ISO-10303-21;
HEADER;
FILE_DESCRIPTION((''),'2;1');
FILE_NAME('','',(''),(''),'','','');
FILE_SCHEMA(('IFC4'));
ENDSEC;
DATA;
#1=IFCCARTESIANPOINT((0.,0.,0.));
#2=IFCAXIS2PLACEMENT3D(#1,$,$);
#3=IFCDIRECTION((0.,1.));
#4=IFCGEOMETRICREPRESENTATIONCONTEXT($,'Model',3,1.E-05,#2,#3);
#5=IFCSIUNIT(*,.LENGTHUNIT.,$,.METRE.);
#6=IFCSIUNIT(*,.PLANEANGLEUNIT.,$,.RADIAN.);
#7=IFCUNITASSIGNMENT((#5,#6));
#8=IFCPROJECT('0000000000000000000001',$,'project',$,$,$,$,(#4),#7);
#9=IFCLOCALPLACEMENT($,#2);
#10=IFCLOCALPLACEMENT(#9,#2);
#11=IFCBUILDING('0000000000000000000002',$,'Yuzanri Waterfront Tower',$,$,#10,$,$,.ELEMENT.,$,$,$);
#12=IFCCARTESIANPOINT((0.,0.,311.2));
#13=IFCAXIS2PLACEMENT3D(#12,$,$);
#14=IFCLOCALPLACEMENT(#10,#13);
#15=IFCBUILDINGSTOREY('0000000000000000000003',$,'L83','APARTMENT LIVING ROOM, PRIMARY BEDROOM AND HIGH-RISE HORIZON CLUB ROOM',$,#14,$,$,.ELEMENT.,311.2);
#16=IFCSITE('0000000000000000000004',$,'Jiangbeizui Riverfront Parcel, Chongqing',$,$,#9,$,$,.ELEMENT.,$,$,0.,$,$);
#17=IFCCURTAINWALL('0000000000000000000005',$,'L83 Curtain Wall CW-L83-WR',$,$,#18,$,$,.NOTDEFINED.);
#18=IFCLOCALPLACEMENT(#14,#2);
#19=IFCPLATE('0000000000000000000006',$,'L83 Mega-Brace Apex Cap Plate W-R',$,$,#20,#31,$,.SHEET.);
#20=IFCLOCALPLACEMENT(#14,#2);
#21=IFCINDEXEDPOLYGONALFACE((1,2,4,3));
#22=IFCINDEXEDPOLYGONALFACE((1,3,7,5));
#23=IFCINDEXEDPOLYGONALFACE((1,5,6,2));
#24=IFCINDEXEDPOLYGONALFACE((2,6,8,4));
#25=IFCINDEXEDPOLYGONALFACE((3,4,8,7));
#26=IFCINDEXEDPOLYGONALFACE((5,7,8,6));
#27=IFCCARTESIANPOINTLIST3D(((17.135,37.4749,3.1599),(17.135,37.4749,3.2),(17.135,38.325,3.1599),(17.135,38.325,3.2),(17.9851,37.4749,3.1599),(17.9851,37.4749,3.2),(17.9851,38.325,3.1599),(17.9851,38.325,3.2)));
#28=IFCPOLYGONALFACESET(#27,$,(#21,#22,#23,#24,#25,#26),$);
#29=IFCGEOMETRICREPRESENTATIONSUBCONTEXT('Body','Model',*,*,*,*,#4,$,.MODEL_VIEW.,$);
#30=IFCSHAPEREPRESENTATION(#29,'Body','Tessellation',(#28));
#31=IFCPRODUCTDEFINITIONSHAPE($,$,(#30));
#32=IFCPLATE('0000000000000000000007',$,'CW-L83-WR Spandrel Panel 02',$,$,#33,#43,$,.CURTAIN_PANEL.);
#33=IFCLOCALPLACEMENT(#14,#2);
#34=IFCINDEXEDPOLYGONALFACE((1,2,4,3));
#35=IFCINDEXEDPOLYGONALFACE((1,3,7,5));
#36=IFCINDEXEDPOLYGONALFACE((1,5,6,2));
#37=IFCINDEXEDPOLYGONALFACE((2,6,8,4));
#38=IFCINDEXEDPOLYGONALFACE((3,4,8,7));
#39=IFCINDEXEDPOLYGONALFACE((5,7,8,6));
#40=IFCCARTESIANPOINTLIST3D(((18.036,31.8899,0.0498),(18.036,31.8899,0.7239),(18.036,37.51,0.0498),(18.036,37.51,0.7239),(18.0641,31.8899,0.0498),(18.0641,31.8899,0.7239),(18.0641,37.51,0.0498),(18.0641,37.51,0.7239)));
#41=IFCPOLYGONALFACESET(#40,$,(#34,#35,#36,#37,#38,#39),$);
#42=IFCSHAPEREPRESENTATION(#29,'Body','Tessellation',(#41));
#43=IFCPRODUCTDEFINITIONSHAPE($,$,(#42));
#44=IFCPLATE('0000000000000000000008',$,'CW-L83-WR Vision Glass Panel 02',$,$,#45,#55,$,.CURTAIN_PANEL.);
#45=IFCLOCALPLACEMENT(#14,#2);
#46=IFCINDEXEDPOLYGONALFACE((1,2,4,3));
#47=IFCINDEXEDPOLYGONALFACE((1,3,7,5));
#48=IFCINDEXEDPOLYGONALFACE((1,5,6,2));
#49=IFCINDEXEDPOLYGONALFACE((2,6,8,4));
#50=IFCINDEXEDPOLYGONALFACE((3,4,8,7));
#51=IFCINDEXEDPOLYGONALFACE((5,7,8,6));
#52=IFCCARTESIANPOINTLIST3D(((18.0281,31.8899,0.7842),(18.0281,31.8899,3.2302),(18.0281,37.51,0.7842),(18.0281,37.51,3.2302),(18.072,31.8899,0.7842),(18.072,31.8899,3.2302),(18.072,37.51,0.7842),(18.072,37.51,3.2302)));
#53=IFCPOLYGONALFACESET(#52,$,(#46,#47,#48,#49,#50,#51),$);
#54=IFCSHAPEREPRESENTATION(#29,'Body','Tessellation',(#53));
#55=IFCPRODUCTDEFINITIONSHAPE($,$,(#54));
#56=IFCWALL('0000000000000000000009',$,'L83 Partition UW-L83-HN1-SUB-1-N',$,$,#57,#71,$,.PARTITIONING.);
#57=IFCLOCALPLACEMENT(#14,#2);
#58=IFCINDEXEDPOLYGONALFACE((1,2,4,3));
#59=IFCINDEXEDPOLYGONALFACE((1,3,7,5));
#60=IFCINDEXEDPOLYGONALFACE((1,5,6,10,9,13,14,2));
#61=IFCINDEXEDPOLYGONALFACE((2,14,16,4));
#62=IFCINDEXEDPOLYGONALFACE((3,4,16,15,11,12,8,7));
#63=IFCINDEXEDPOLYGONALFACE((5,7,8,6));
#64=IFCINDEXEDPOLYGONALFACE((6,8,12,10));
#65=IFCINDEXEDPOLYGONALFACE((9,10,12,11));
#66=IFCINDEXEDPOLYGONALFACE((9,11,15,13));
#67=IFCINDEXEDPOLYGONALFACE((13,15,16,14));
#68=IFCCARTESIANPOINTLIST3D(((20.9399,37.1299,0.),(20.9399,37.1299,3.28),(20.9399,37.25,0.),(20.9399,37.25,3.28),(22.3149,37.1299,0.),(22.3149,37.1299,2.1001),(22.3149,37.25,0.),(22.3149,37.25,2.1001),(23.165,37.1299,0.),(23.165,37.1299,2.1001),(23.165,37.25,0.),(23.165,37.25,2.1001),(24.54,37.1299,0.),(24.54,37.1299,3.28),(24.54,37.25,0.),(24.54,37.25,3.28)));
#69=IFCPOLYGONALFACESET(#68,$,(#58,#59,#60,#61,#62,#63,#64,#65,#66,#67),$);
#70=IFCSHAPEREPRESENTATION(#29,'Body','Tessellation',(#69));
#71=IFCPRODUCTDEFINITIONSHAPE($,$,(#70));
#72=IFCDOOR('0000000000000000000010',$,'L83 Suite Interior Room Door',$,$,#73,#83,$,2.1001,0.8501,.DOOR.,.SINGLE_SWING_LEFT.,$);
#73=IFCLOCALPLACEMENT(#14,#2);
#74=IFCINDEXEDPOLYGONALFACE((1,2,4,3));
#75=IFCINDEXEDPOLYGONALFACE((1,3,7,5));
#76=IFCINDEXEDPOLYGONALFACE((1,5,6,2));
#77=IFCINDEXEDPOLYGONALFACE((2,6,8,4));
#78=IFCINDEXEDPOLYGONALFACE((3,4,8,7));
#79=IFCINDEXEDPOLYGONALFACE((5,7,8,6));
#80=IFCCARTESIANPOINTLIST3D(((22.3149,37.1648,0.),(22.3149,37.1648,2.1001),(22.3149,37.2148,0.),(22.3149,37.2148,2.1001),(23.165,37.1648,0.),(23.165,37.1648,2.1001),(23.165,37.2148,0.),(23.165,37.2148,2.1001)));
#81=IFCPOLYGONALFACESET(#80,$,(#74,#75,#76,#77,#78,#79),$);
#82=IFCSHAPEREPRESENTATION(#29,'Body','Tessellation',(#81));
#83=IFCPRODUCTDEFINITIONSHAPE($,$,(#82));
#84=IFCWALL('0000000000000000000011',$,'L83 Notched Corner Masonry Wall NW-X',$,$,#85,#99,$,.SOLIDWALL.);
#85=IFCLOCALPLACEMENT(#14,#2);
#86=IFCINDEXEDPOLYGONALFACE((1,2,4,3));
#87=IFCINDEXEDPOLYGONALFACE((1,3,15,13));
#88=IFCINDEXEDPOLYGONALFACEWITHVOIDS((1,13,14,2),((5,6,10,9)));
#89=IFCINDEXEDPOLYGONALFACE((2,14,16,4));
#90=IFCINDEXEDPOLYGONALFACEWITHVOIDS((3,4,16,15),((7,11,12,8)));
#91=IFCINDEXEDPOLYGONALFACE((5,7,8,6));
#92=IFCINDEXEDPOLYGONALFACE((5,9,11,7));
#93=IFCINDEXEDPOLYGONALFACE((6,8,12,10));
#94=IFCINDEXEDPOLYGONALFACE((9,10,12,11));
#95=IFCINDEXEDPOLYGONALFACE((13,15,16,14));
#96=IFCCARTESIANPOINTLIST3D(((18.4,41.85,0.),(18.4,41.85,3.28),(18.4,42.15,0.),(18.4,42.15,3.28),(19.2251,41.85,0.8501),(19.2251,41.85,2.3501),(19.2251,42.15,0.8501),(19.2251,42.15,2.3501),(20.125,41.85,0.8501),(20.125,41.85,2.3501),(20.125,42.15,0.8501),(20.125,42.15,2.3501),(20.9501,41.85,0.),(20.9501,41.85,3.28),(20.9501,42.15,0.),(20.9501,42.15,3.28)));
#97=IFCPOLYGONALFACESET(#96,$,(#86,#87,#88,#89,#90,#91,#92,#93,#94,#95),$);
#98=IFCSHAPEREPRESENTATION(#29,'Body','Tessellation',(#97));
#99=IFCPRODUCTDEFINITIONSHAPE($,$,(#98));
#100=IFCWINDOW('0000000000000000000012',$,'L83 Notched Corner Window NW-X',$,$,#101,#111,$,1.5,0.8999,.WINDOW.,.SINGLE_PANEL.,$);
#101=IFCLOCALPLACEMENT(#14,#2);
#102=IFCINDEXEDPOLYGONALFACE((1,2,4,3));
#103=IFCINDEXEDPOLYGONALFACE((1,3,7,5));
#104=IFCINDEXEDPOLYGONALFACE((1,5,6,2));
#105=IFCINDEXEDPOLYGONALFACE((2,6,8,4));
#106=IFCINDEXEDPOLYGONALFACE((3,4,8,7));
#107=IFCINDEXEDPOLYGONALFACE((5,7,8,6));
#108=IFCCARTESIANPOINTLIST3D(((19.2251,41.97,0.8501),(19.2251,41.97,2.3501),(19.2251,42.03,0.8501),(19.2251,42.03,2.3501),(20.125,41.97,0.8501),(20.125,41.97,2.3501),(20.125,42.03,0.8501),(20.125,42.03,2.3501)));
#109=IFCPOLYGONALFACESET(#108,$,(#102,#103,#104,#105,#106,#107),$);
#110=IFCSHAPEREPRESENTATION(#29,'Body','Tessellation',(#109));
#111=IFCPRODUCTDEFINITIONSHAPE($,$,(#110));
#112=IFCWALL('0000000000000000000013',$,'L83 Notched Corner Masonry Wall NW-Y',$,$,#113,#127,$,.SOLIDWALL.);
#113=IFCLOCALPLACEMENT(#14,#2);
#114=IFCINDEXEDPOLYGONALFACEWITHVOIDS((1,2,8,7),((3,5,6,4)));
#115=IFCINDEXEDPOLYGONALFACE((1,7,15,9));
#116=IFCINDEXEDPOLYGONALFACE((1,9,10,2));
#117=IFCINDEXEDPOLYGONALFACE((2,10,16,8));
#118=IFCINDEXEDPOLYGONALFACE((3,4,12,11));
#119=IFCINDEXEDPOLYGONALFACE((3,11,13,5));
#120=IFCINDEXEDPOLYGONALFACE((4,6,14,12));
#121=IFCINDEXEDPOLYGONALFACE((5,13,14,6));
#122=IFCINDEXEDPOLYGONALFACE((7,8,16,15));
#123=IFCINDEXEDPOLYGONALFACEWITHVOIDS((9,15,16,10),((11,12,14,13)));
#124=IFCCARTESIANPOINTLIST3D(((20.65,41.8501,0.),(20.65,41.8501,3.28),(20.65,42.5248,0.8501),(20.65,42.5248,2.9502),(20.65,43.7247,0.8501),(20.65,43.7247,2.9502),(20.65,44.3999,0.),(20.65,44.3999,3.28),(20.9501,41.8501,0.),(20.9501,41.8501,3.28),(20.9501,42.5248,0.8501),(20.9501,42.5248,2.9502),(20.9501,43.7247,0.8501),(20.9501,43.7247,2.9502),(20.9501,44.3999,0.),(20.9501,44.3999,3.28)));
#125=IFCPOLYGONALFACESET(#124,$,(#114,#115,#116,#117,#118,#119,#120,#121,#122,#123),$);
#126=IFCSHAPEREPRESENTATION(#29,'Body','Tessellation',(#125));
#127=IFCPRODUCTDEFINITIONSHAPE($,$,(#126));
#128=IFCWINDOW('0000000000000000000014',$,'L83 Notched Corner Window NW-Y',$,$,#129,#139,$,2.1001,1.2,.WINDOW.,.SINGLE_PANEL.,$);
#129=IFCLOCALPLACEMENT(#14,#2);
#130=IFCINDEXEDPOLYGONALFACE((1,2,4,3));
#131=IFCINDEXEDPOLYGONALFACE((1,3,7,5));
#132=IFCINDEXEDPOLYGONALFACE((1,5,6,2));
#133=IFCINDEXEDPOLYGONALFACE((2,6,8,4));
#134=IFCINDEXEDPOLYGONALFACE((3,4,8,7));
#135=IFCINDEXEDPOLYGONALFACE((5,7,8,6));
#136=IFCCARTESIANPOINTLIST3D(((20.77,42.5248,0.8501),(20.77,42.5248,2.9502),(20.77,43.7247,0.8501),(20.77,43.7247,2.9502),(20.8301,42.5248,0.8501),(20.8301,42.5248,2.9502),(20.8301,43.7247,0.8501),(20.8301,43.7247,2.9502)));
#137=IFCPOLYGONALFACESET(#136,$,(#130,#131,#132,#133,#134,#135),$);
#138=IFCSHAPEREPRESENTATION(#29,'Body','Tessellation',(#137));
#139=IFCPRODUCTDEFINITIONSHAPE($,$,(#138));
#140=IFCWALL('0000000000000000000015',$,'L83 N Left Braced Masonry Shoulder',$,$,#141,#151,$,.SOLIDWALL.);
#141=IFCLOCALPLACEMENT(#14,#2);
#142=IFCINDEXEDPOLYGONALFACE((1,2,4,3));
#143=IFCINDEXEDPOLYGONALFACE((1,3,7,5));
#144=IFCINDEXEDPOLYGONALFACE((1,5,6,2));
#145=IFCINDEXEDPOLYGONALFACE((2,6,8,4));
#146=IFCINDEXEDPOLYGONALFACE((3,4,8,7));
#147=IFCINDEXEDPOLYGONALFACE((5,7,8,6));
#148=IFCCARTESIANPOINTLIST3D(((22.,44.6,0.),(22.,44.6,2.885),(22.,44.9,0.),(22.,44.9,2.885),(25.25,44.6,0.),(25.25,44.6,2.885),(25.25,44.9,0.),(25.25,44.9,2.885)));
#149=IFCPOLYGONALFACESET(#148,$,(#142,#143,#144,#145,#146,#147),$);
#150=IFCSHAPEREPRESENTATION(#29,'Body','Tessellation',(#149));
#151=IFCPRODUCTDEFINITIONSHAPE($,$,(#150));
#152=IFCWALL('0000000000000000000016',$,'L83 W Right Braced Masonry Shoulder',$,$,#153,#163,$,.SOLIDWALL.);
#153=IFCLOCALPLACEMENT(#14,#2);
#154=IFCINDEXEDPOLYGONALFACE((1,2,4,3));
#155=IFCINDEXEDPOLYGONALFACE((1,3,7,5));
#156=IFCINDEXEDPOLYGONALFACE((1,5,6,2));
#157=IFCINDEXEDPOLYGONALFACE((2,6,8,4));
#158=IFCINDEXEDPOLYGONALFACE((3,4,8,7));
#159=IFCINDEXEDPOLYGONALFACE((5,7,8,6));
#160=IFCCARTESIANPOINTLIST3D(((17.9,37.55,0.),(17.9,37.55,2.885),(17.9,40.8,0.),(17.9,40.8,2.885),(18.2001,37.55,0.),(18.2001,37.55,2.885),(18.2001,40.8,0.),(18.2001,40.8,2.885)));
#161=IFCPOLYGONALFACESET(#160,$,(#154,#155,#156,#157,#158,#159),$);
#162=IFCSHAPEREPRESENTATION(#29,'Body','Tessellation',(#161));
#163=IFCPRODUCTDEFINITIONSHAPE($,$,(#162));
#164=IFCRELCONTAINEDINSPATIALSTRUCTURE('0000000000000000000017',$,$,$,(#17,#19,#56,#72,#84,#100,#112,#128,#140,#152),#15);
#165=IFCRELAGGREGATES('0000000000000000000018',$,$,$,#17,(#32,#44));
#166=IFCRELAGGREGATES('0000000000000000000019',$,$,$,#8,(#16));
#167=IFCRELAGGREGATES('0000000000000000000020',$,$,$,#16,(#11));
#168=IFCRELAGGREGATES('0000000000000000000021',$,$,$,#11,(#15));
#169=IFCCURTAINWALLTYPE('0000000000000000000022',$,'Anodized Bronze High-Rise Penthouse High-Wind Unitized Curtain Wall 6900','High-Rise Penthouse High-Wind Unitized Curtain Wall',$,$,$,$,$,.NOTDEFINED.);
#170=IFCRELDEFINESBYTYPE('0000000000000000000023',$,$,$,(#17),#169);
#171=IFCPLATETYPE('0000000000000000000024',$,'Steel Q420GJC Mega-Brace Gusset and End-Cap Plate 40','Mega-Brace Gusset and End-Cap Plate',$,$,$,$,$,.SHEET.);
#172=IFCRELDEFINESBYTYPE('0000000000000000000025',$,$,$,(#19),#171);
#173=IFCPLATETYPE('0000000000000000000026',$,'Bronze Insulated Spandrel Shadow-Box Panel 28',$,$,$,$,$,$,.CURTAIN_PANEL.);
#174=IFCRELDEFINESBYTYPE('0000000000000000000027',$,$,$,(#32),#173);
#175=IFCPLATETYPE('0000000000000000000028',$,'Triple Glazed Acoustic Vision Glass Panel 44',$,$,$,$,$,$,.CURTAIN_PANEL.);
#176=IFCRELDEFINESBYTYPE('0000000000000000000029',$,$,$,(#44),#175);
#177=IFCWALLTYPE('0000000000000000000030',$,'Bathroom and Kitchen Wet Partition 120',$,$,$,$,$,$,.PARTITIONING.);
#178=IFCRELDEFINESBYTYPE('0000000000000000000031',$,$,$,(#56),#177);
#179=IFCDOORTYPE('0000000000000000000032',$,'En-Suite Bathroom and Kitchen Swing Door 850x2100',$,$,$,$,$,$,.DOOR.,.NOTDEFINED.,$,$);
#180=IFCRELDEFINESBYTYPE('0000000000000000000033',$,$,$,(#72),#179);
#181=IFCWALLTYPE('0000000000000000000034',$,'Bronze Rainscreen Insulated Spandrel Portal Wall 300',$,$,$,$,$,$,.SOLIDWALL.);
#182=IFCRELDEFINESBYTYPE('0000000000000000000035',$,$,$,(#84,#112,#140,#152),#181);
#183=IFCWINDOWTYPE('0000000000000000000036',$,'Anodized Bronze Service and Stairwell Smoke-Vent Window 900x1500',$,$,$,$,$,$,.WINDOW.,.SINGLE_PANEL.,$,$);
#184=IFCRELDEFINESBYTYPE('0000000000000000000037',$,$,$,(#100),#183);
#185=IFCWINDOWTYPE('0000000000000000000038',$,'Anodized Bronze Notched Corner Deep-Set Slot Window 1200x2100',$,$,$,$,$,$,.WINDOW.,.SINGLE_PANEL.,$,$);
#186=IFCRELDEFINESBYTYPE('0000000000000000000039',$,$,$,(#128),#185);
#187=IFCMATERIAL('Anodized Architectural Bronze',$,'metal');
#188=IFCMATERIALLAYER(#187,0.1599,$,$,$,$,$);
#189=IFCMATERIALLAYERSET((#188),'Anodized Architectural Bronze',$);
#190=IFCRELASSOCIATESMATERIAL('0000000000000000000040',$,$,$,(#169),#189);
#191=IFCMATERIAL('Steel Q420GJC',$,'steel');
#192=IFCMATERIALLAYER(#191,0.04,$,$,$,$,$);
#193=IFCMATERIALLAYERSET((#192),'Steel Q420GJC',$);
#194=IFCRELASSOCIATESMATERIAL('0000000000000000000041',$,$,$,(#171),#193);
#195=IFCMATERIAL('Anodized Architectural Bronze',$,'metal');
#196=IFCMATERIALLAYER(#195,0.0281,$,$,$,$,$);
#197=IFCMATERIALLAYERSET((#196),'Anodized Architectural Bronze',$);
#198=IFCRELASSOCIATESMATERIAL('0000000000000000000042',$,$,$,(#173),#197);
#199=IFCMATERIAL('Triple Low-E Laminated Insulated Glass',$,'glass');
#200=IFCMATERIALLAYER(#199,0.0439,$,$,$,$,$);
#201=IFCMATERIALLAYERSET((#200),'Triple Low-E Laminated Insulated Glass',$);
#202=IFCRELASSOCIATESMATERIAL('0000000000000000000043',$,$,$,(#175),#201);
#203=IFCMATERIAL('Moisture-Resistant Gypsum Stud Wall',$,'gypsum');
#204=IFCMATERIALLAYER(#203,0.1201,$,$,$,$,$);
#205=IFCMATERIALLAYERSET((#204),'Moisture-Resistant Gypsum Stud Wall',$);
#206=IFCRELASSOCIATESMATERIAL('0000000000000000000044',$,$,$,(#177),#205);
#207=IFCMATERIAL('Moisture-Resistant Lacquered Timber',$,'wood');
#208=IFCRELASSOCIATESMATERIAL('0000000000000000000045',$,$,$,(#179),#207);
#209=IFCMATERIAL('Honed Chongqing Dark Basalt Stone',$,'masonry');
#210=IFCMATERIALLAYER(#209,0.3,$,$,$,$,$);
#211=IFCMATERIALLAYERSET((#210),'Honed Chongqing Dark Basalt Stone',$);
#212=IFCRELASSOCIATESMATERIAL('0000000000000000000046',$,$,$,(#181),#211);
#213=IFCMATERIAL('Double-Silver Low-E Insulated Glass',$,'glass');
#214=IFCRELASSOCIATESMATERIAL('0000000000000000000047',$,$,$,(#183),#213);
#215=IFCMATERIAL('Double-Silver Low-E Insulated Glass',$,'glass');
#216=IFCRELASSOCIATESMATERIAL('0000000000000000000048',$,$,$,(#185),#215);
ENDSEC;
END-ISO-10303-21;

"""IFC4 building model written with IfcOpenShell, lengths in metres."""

from ifc_helpers import new_model, si_unit, direction, frame, frame_2d, origin, origin_2d, place, context, subcontext, project, spatial, rectangle, extrude, source, transform, mapped, material, layer, layer_set, type_object, element, fill, aggregate, save


model = new_model("IFC4")

# Units and contexts
model_context = context("Model", 3, precision=1e-05, world=origin(), true_north=direction((0.0, 1.0)))
body_context = subcontext(model_context, "Body", "Model", "MODEL_VIEW")
ifc_project = project(units=[si_unit("LENGTHUNIT", "METRE"), si_unit("PLANEANGLEUNIT", "RADIAN")], contexts=[model_context])

# Site, building, storey
site_placement = place(None, origin())
site = spatial("IfcSite", under=ifc_project, at=site_placement, Name="Jiangbeizui Riverfront Parcel, Chongqing", CompositionType="ELEMENT", RefElevation=0.0)
building_placement = place(site_placement, origin())
building = spatial("IfcBuilding", under=site, at=building_placement, Name="Yuzanri Waterfront Tower", CompositionType="ELEMENT")
storey_placement = place(building_placement, frame((0.0, 0.0, 311.2)))
storey = spatial("IfcBuildingStorey", under=building, at=storey_placement, Name="L83", Description="APARTMENT LIVING ROOM, PRIMARY BEDROOM AND HIGH-RISE HORIZON CLUB ROOM", CompositionType="ELEMENT", Elevation=311.2)

# Curtain wall
ifc_material_1 = material(Name="Anodized Architectural Bronze", Category="metal")
ifc_layer_1 = layer(ifc_material_1, 0.1599)
ifc_layer_set_1 = layer_set([ifc_layer_1], Name="Anodized Architectural Bronze")
curtain_wall_type = type_object("IfcCurtainWallType", Name="Anodized Bronze High-Rise Penthouse High-Wind Unitized Curtain Wall 6900", Description="High-Rise Penthouse High-Wind Unitized Curtain Wall", PredefinedType="NOTDEFINED", material=ifc_layer_set_1)
curtain_wall_1_placement = place(storey_placement, origin())
curtain_wall_1 = element("IfcCurtainWall", 1, at=curtain_wall_1_placement, inside=storey, type_object=curtain_wall_type, Name="L83 Curtain Wall CW-L83-WR", PredefinedType="NOTDEFINED")

# Plate
ifc_material_2 = material(Name="Steel Q420GJC", Category="steel")
ifc_layer_2 = layer(ifc_material_2, 0.04)
ifc_layer_set_2 = layer_set([ifc_layer_2], Name="Steel Q420GJC")
plate_type_1 = type_object("IfcPlateType", Name="Steel Q420GJC Mega-Brace Gusset and End-Cap Plate 40", Description="Mega-Brace Gusset and End-Cap Plate", PredefinedType="SHEET", material=ifc_layer_set_2)
shared_shape_1 = source(origin(), body_context, "Body", "SweptSolid", [
    extrude(rectangle(XDim=0.8501, YDim=0.8501, at=origin_2d()), origin(), (0.0, 0.0, 1.0), 0.04),
])
for number, where, z_axis, x_axis, name in (
    (2, (17.5601, 37.8999, 3.1599), (0.0, 0.0, 1.0), (1.0, 0.0, 0.0), "L83 Mega-Brace Apex Cap Plate W-R"),
):
    element("IfcPlate", number, at=place(storey_placement, frame(where, z_axis=z_axis, x_axis=x_axis)), inside=storey, type_object=plate_type_1, Name=name, PredefinedType="SHEET", context=body_context, shape_type="MappedRepresentation", body=[
        mapped(shared_shape_1, transform((0.0, 0.0, 0.0), scale=1.0)),
    ])

# Plates
ifc_material_3 = material(Name="Anodized Architectural Bronze", Category="metal")
ifc_layer_3 = layer(ifc_material_3, 0.0281)
ifc_layer_set_3 = layer_set([ifc_layer_3], Name="Anodized Architectural Bronze")
plate_type_2 = type_object("IfcPlateType", Name="Bronze Insulated Spandrel Shadow-Box Panel 28", PredefinedType="CURTAIN_PANEL", material=ifc_layer_set_3)
shared_shape_2 = source(origin(), body_context, "Body", "SweptSolid", [
    extrude(rectangle(XDim=5.6201, YDim=0.0281, at=origin_2d()), origin(), (0.0, 0.0, 1.0), 0.6741),
])
plate_1_placement = place(storey_placement, frame((18.05, 34.7, 0.0498), z_axis=(0.0, 0.0, 1.0), x_axis=(0.0, 1.0, 0.0)))
plate_1 = element("IfcPlate", 3, at=plate_1_placement, type_object=plate_type_2, Name="CW-L83-WR Spandrel Panel 02", PredefinedType="CURTAIN_PANEL", context=body_context, shape_type="MappedRepresentation", body=[
    mapped(shared_shape_2, transform((0.0, 0.0, 0.0), scale=1.0)),
])
ifc_material_4 = material(Name="Triple Low-E Laminated Insulated Glass", Category="glass")
ifc_layer_4 = layer(ifc_material_4, 0.0439)
ifc_layer_set_4 = layer_set([ifc_layer_4], Name="Triple Low-E Laminated Insulated Glass")
plate_type_3 = type_object("IfcPlateType", Name="Triple Glazed Acoustic Vision Glass Panel 44", PredefinedType="CURTAIN_PANEL", material=ifc_layer_set_4)
shared_shape_3 = source(origin(), body_context, "Body", "SweptSolid", [
    extrude(rectangle(XDim=5.6201, YDim=0.0439, at=origin_2d()), origin(), (0.0, 0.0, 1.0), 2.446),
])
plate_2_placement = place(storey_placement, frame((18.05, 34.7, 0.7842), z_axis=(0.0, 0.0, 1.0), x_axis=(0.0, 1.0, 0.0)))
plate_2 = element("IfcPlate", 4, at=plate_2_placement, type_object=plate_type_3, Name="CW-L83-WR Vision Glass Panel 02", PredefinedType="CURTAIN_PANEL", context=body_context, shape_type="MappedRepresentation", body=[
    mapped(shared_shape_3, transform((0.0, 0.0, 0.0), scale=1.0)),
])
aggregate(curtain_wall_1, [plate_1, plate_2])

# Wall, opening, door
ifc_material_5 = material(Name="Moisture-Resistant Gypsum Stud Wall", Category="gypsum")
ifc_layer_5 = layer(ifc_material_5, 0.1201)
ifc_layer_set_5 = layer_set([ifc_layer_5], Name="Moisture-Resistant Gypsum Stud Wall")
wall_type_1 = type_object("IfcWallType", Name="Bathroom and Kitchen Wet Partition 120", PredefinedType="PARTITIONING", material=ifc_layer_set_5)
wall_1_placement = place(storey_placement, frame((20.9399, 37.1899, 0.0), z_axis=(0.0, 0.0, 1.0), x_axis=(1.0, 0.0, 0.0)))
wall_1 = element("IfcWall", 5, at=wall_1_placement, inside=storey, type_object=wall_type_1, Name="L83 Partition UW-L83-HN1-SUB-1-N", PredefinedType="PARTITIONING", context=body_context, shape_type="SweptSolid", body=[
    extrude(rectangle(XDim=3.6001, YDim=0.1201, at=frame_2d((1.8, 0.0))), origin(), (0.0, 0.0, 1.0), 3.28),
])
opening_1_placement = place(wall_1_placement, frame((1.375, 0.0, 0.0)))
opening_1 = element("IfcOpeningElement", 6, at=opening_1_placement, cuts=wall_1, PredefinedType="OPENING", context=body_context, shape_type="SweptSolid", body=[
    extrude(rectangle(XDim=0.8501, YDim=2.1001, at=frame_2d((0.425, 1.05))), frame((0.0, 0.075, 0.0), z_axis=(0.0, -1.0, 0.0), x_axis=(1.0, 0.0, 0.0)), (0.0, 0.0, 1.0), 0.1499),
])
ifc_material_6 = material(Name="Moisture-Resistant Lacquered Timber", Category="wood")
door_type = type_object("IfcDoorType", Name="En-Suite Bathroom and Kitchen Swing Door 850x2100", OperationType="NOTDEFINED", PredefinedType="DOOR", material=ifc_material_6)
shared_shape_4 = source(origin(), body_context, "Body", "SweptSolid", [
    extrude(rectangle(XDim=0.8501, YDim=2.1001, at=frame_2d((0.425, 1.05))), frame((0.0, 0.0249, 0.0), z_axis=(0.0, -1.0, 0.0), x_axis=(1.0, 0.0, 0.0)), (0.0, 0.0, 1.0), 0.05),
])
door_placement = place(opening_1_placement, origin())
door = element("IfcDoor", 7, at=door_placement, inside=storey, type_object=door_type, Name="L83 Suite Interior Room Door", OperationType="SINGLE_SWING_LEFT", OverallHeight=2.1001, OverallWidth=0.8501, PredefinedType="DOOR", context=body_context, shape_type="MappedRepresentation", body=[
    mapped(shared_shape_4, transform((0.0, 0.0, 0.0), scale=1.0)),
])
fill(opening_1, door)

# Walls, openings, windows
ifc_material_7 = material(Name="Honed Chongqing Dark Basalt Stone", Category="masonry")
ifc_layer_6 = layer(ifc_material_7, 0.3)
ifc_layer_set_6 = layer_set([ifc_layer_6], Name="Honed Chongqing Dark Basalt Stone")
wall_type_2 = type_object("IfcWallType", Name="Bronze Rainscreen Insulated Spandrel Portal Wall 300", PredefinedType="SOLIDWALL", material=ifc_layer_set_6)
wall_2_placement = place(storey_placement, frame((20.95, 42.0, 0.0), z_axis=(0.0, 0.0, 1.0), x_axis=(-1.0, 0.0, 0.0)))
wall_2 = element("IfcWall", 8, at=wall_2_placement, inside=storey, type_object=wall_type_2, Name="L83 Notched Corner Masonry Wall NW-X", PredefinedType="SOLIDWALL", context=body_context, shape_type="SweptSolid", body=[
    extrude(rectangle(XDim=2.55, YDim=0.3, at=frame_2d((1.2749, 0.0))), origin(), (0.0, 0.0, 1.0), 3.28),
])
opening_2_placement = place(wall_2_placement, frame((0.825, 0.0, 0.8501)))
opening_2 = element("IfcOpeningElement", 9, at=opening_2_placement, cuts=wall_2, PredefinedType="OPENING", context=body_context, shape_type="SweptSolid", body=[
    extrude(rectangle(XDim=0.8999, YDim=1.5, at=frame_2d((0.45, 0.75))), frame((0.0, 0.165, 0.0), z_axis=(0.0, -1.0, 0.0), x_axis=(1.0, 0.0, 0.0)), (0.0, 0.0, 1.0), 0.3298),
])
ifc_material_8 = material(Name="Double-Silver Low-E Insulated Glass", Category="glass")
window_type_1 = type_object("IfcWindowType", Name="Anodized Bronze Service and Stairwell Smoke-Vent Window 900x1500", PartitioningType="SINGLE_PANEL", PredefinedType="WINDOW", material=ifc_material_8)
shared_shape_5 = source(origin(), body_context, "Body", "SweptSolid", [
    extrude(rectangle(XDim=0.8999, YDim=1.5, at=frame_2d((0.45, 0.75))), frame((0.0, 0.03, 0.0), z_axis=(0.0, -1.0, 0.0), x_axis=(1.0, 0.0, 0.0)), (0.0, 0.0, 1.0), 0.0601),
])
window_1_placement = place(opening_2_placement, origin())
window_1 = element("IfcWindow", 10, at=window_1_placement, inside=storey, type_object=window_type_1, Name="L83 Notched Corner Window NW-X", OverallHeight=1.5, OverallWidth=0.8999, PartitioningType="SINGLE_PANEL", PredefinedType="WINDOW", context=body_context, shape_type="MappedRepresentation", body=[
    mapped(shared_shape_5, transform((0.0, 0.0, 0.0), scale=1.0)),
])
fill(opening_2, window_1)
wall_3_placement = place(storey_placement, frame((20.8, 44.3999, 0.0), z_axis=(0.0, 0.0, 1.0), x_axis=(0.0, -1.0, 0.0)))
wall_3 = element("IfcWall", 11, at=wall_3_placement, inside=storey, type_object=wall_type_2, Name="L83 Notched Corner Masonry Wall NW-Y", PredefinedType="SOLIDWALL", context=body_context, shape_type="SweptSolid", body=[
    extrude(rectangle(XDim=2.5498, YDim=0.3, at=frame_2d((1.2749, 0.0))), origin(), (0.0, 0.0, 1.0), 3.28),
])
opening_3_placement = place(wall_3_placement, frame((0.675, 0.0, 0.8501)))
opening_3 = element("IfcOpeningElement", 12, at=opening_3_placement, cuts=wall_3, PredefinedType="OPENING", context=body_context, shape_type="SweptSolid", body=[
    extrude(rectangle(XDim=1.2, YDim=2.1001, at=frame_2d((0.6001, 1.05))), frame((0.0, 0.165, 0.0), z_axis=(0.0, -1.0, 0.0), x_axis=(1.0, 0.0, 0.0)), (0.0, 0.0, 1.0), 0.3298),
])
ifc_material_9 = material(Name="Double-Silver Low-E Insulated Glass", Category="glass")
window_type_2 = type_object("IfcWindowType", Name="Anodized Bronze Notched Corner Deep-Set Slot Window 1200x2100", PartitioningType="SINGLE_PANEL", PredefinedType="WINDOW", material=ifc_material_9)
shared_shape_6 = source(origin(), body_context, "Body", "SweptSolid", [
    extrude(rectangle(XDim=1.2, YDim=2.1001, at=frame_2d((0.6001, 1.05))), frame((0.0, 0.03, 0.0), z_axis=(0.0, -1.0, 0.0), x_axis=(1.0, 0.0, 0.0)), (0.0, 0.0, 1.0), 0.0601),
])
window_2_placement = place(opening_3_placement, origin())
window_2 = element("IfcWindow", 13, at=window_2_placement, inside=storey, type_object=window_type_2, Name="L83 Notched Corner Window NW-Y", OverallHeight=2.1001, OverallWidth=1.2, PartitioningType="SINGLE_PANEL", PredefinedType="WINDOW", context=body_context, shape_type="MappedRepresentation", body=[
    mapped(shared_shape_6, transform((0.0, 0.0, 0.0), scale=1.0)),
])
fill(opening_3, window_2)

# Walls
shared_shape_7 = source(origin(), body_context, "Body", "SweptSolid", [
    extrude(rectangle(XDim=3.25, YDim=0.3, at=frame_2d((1.625, 0.0))), origin(), (0.0, 0.0, 1.0), 2.885),
])
for number, where, z_axis, x_axis, name in (
    (14, (22.0, 44.75, 0.0), (0.0, 0.0, 1.0), (1.0, 0.0, 0.0), "L83 N Left Braced Masonry Shoulder"),
    (15, (18.05, 37.55, 0.0), (0.0, 0.0, 1.0), (0.0, 1.0, 0.0), "L83 W Right Braced Masonry Shoulder"),
):
    element("IfcWall", number, at=place(storey_placement, frame(where, z_axis=z_axis, x_axis=x_axis)), inside=storey, type_object=wall_type_2, Name=name, PredefinedType="SOLIDWALL", context=body_context, shape_type="MappedRepresentation", body=[
        mapped(shared_shape_7, transform((0.0, 0.0, 0.0), scale=1.0)),
    ])

save(model, "model.ifc")
